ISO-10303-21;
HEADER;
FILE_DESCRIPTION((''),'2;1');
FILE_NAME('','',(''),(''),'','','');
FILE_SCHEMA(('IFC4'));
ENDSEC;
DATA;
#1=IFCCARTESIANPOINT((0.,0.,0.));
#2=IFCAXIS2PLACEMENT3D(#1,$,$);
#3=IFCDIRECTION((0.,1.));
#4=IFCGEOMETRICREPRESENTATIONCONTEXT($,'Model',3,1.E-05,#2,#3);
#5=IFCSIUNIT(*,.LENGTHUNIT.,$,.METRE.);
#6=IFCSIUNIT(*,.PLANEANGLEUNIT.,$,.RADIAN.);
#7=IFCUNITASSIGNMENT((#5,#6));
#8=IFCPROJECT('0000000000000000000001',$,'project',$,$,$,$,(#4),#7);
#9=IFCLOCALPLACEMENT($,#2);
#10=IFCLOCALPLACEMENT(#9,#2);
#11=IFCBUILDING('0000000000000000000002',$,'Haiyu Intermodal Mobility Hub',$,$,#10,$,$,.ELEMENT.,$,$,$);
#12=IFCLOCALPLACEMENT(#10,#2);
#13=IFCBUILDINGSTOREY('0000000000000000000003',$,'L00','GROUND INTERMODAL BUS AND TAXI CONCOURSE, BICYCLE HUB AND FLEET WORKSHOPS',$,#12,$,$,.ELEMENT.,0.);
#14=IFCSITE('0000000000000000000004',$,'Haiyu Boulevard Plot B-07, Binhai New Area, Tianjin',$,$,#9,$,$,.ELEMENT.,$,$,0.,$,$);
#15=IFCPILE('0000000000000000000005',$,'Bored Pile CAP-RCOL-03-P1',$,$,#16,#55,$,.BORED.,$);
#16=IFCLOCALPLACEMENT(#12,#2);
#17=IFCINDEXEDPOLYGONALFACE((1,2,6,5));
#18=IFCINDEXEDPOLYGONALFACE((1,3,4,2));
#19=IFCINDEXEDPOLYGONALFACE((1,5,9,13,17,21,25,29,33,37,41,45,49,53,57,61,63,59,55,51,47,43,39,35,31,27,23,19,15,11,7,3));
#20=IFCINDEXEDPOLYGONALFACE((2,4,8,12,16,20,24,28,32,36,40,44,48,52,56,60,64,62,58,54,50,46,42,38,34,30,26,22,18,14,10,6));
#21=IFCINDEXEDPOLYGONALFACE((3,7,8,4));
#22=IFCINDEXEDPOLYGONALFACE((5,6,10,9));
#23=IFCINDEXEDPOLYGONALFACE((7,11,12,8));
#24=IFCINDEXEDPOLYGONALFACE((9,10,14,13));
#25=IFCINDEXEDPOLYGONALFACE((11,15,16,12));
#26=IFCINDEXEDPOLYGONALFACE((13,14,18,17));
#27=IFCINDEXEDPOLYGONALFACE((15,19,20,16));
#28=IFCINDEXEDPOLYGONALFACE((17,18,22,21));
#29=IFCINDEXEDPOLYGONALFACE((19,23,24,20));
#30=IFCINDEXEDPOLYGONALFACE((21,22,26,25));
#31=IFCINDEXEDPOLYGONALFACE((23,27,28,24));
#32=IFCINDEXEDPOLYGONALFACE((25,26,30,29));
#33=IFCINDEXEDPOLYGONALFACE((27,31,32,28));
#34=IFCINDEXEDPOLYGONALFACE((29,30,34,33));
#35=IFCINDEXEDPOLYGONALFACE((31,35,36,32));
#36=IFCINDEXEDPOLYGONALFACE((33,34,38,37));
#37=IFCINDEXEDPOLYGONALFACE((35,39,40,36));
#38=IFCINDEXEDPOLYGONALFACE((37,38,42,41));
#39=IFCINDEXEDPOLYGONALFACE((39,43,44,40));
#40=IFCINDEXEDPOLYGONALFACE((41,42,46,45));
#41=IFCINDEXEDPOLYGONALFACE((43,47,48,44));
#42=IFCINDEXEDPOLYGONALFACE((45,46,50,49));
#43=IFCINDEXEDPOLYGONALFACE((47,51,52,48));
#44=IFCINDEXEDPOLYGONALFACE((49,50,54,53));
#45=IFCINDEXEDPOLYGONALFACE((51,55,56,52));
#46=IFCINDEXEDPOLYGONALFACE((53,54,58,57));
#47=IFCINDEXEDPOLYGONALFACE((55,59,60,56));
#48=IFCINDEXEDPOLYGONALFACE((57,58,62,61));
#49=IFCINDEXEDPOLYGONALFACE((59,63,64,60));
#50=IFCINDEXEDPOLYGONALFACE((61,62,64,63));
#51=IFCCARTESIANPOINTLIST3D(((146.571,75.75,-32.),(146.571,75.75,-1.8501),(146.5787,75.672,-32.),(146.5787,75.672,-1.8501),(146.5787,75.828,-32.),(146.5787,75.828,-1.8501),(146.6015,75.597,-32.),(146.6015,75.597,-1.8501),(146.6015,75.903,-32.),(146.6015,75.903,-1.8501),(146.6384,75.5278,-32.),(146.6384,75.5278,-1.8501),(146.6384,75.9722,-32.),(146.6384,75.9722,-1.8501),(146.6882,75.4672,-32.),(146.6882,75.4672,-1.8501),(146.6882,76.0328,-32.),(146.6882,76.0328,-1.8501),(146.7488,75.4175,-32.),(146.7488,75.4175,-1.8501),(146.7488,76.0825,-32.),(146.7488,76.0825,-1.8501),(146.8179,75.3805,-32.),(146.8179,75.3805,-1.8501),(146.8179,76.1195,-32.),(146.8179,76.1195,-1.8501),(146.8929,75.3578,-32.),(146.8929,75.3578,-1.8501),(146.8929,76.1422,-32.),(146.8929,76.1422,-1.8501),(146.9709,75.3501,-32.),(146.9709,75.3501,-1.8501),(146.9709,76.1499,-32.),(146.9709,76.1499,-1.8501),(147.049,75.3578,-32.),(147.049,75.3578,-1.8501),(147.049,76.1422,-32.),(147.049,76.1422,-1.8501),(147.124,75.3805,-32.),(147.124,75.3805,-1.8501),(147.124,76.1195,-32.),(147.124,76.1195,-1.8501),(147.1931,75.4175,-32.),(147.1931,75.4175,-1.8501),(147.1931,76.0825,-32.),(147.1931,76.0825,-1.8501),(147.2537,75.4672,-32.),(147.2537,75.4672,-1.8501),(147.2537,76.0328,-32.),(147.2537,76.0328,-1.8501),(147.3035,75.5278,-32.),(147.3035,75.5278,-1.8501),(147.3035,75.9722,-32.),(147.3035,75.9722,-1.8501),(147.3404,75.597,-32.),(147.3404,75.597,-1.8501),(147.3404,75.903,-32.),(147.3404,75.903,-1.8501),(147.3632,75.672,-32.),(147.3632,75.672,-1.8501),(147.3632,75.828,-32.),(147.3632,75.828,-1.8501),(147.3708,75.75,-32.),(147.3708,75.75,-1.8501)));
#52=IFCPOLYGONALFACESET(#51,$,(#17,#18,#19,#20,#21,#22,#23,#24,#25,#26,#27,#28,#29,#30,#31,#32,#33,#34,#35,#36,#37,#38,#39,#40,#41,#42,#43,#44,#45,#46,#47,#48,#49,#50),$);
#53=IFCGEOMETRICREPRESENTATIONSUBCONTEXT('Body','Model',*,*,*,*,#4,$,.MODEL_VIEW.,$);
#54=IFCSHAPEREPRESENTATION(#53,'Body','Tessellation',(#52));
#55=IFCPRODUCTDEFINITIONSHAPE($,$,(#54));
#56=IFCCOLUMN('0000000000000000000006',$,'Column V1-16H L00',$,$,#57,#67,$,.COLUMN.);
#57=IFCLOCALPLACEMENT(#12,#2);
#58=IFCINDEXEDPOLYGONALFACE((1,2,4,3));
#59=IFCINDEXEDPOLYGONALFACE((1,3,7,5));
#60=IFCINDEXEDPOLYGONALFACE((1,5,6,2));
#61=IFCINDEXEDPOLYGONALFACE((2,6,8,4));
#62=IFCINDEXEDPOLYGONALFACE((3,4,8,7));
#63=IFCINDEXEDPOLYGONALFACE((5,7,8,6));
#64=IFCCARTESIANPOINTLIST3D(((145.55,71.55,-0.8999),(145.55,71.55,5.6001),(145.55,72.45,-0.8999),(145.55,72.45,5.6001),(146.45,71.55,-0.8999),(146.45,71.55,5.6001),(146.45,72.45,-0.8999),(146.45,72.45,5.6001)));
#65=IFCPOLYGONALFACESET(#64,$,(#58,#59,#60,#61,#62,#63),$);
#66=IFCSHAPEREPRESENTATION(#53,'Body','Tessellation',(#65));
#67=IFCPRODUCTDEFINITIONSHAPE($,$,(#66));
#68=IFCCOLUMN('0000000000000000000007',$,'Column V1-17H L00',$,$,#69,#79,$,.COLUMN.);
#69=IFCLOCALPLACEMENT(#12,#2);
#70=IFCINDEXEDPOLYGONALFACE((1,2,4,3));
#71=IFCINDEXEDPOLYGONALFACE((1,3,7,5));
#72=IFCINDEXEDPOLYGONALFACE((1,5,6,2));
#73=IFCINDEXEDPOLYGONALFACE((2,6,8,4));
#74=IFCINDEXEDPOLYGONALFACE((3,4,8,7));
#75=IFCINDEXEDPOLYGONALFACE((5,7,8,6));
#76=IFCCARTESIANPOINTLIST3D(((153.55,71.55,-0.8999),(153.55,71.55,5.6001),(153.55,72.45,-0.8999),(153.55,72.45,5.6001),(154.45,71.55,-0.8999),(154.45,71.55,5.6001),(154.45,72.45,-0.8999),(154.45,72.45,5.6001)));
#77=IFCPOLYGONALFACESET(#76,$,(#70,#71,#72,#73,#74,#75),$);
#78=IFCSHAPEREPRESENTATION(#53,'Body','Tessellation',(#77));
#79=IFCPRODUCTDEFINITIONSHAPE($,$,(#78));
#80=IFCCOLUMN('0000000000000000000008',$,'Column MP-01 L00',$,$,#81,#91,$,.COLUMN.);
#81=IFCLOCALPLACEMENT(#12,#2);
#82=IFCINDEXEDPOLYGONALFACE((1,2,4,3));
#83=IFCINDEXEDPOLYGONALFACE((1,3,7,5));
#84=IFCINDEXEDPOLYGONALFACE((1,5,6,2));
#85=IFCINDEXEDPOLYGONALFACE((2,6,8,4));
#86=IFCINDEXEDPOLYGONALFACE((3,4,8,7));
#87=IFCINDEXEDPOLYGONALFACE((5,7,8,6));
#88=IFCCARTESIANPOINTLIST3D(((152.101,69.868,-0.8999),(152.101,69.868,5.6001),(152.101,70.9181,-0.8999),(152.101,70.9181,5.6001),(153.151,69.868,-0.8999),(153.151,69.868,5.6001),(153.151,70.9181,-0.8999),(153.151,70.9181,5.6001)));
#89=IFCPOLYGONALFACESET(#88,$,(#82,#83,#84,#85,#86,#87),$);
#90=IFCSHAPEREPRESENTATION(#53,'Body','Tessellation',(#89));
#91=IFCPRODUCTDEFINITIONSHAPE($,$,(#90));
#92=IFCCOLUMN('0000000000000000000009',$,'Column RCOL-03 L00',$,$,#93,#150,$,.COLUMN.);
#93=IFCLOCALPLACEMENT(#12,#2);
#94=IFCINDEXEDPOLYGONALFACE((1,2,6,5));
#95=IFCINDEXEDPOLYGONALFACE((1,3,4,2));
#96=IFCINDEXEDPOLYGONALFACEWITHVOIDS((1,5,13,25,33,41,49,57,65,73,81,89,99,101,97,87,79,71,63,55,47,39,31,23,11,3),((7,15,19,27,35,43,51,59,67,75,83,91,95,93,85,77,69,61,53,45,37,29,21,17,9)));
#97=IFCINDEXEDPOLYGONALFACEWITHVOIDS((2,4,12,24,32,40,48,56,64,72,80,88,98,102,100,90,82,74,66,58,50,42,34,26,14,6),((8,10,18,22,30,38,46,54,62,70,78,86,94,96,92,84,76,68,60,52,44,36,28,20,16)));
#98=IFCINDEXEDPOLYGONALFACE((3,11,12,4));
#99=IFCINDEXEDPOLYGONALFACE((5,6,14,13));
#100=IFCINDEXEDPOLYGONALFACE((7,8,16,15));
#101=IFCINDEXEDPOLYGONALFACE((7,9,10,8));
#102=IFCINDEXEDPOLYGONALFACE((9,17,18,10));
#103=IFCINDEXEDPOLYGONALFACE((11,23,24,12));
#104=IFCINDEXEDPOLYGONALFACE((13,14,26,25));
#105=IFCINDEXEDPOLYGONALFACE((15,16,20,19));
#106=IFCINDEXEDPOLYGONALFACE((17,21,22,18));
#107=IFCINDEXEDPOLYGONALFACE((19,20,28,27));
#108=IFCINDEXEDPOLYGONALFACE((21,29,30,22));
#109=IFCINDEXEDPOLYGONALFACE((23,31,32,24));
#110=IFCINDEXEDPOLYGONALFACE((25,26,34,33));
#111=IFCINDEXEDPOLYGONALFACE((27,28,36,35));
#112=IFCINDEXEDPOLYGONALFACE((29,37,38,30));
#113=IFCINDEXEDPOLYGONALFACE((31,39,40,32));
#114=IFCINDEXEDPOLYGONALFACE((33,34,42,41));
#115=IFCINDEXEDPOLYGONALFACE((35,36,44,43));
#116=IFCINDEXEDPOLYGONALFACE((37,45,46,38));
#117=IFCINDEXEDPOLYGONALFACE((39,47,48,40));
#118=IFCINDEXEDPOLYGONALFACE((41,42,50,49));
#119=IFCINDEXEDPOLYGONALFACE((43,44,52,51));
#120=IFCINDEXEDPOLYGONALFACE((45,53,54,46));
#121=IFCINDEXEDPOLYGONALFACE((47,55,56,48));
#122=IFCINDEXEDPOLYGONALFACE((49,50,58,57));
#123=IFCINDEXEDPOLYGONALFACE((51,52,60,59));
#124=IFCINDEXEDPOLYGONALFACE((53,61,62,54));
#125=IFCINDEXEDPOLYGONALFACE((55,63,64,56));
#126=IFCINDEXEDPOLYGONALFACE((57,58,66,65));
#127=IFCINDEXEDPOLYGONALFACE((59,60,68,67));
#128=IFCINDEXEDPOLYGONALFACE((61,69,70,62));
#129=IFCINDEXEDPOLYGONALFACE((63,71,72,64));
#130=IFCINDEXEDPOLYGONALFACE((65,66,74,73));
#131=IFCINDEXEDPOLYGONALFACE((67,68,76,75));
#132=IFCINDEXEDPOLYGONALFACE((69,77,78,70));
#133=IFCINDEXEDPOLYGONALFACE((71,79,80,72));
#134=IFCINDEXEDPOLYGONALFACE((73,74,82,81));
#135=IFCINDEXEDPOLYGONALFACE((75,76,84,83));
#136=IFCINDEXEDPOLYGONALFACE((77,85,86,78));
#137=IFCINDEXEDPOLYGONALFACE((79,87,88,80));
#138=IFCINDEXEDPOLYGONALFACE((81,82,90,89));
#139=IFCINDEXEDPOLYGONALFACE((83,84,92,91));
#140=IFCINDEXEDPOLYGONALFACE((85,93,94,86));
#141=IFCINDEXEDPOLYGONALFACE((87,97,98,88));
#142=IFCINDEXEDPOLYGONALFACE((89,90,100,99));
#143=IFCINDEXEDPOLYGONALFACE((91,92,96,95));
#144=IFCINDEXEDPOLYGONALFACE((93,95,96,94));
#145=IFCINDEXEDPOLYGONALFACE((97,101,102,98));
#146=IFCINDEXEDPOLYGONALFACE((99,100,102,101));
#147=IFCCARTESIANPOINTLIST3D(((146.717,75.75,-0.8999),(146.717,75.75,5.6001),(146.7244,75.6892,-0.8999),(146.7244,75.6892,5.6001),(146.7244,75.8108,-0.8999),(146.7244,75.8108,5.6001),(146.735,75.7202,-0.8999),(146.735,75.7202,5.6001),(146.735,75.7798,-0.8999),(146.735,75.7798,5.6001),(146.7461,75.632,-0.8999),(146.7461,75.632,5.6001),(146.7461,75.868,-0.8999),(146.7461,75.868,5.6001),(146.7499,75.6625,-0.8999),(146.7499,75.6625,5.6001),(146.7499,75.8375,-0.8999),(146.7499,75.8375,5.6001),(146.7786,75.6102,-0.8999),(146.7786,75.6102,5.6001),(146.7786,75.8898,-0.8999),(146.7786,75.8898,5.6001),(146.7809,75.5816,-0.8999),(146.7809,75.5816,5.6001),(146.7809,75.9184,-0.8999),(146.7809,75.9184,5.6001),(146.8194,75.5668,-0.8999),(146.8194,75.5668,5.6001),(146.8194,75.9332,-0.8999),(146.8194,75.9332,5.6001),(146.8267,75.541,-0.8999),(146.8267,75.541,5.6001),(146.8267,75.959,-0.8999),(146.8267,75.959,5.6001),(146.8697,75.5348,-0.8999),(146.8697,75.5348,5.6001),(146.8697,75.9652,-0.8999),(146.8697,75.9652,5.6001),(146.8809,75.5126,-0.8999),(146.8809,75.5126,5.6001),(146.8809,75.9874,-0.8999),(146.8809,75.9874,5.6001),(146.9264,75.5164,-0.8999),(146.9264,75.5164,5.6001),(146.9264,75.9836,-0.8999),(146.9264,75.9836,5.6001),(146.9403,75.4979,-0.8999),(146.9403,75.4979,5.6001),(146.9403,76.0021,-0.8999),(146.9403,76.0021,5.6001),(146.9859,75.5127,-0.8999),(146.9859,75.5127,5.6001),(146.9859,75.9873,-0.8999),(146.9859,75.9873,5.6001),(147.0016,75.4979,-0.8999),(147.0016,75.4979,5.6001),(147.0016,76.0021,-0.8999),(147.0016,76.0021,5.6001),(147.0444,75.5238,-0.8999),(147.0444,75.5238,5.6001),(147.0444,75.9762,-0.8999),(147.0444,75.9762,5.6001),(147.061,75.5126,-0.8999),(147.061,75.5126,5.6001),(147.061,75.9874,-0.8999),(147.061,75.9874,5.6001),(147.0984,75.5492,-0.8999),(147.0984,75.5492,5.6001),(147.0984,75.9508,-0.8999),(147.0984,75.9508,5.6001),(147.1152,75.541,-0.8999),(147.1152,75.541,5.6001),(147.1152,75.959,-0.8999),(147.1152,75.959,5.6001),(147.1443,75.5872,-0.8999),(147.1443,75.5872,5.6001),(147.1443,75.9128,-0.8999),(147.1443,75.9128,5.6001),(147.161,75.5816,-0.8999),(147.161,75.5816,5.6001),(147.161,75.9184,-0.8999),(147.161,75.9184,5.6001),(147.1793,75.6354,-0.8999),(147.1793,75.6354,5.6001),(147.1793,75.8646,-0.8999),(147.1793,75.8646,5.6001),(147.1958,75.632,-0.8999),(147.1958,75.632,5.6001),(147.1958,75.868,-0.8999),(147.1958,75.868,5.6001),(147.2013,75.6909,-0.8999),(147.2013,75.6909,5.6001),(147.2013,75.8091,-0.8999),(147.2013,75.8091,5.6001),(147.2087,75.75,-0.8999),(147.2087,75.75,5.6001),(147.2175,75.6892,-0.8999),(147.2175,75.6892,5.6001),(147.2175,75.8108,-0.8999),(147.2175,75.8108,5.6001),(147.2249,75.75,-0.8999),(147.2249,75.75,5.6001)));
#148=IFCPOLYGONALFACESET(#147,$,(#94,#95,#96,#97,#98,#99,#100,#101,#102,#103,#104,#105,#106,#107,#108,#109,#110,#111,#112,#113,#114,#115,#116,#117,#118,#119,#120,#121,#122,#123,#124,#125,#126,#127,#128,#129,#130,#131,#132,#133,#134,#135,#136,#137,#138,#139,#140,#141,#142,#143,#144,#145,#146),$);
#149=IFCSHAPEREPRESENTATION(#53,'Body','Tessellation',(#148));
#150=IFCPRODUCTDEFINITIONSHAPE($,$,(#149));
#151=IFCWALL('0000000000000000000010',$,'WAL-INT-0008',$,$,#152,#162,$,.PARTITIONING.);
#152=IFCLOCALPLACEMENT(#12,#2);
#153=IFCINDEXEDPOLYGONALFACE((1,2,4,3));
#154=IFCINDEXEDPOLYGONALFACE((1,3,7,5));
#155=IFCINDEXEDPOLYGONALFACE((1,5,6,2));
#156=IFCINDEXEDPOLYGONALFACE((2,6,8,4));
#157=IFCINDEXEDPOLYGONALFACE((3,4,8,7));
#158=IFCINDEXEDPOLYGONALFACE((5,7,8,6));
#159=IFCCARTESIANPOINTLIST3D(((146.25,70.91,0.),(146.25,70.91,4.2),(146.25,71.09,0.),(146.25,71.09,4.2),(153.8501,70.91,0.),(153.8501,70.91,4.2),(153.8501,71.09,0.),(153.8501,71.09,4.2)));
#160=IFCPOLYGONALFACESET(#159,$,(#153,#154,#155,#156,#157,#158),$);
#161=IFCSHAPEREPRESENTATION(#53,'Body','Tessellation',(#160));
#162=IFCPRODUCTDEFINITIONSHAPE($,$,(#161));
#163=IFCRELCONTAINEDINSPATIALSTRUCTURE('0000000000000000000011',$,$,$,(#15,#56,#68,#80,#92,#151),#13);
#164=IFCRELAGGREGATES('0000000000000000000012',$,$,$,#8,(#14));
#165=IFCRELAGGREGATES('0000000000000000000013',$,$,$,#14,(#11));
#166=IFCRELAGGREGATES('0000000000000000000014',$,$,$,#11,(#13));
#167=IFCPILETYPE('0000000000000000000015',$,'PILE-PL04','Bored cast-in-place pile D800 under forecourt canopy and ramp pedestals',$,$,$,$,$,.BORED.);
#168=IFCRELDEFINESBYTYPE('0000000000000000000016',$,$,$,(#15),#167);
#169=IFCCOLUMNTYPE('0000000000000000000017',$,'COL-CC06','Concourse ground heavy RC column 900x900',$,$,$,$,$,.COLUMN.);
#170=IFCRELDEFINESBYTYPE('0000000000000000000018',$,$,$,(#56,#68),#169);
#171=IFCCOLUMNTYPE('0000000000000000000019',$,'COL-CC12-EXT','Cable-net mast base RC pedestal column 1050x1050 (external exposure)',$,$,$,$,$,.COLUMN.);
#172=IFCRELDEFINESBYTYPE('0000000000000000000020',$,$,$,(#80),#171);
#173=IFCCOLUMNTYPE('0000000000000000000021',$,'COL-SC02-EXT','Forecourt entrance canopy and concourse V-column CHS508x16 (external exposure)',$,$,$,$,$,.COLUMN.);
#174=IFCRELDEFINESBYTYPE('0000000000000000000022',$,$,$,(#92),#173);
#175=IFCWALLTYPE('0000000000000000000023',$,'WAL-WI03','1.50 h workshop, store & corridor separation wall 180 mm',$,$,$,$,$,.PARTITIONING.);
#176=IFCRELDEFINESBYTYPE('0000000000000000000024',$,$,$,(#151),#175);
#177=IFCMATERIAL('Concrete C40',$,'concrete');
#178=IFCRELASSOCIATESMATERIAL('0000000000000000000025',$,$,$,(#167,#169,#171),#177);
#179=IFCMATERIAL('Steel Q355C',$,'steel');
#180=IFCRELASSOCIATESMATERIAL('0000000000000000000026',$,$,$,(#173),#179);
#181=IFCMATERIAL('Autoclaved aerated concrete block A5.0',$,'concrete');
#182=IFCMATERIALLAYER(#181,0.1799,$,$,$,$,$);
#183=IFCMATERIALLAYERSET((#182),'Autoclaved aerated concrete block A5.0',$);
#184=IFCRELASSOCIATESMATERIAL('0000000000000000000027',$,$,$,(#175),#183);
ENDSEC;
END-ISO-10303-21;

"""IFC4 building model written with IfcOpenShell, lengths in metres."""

from ifc_helpers import new_model, si_unit, direction, frame, frame_2d, origin, origin_2d, place, context, subcontext, project, spatial, rectangle, circle, hollow_circle, extrude, material, layer, layer_set, material_profile, profile_set, type_object, element, save


model = new_model("IFC4")

# Units and contexts
model_context = context("Model", 3, precision=1e-05, world=origin(), true_north=direction((0.0, 1.0)))
body_context = subcontext(model_context, "Body", "Model", "MODEL_VIEW")
ifc_project = project(units=[si_unit("LENGTHUNIT", "METRE"), si_unit("PLANEANGLEUNIT", "RADIAN")], contexts=[model_context])

# Site, building, storey
site_placement = place(None, origin())
site = spatial("IfcSite", under=ifc_project, at=site_placement, Name="Haiyu Boulevard Plot B-07, Binhai New Area, Tianjin", CompositionType="ELEMENT", RefElevation=0.0)
building_placement = place(site_placement, origin())
building = spatial("IfcBuilding", under=site, at=building_placement, Name="Haiyu Intermodal Mobility Hub", CompositionType="ELEMENT")
storey_placement = place(building_placement, origin())
storey = spatial("IfcBuildingStorey", under=building, at=storey_placement, Name="L00", Description="GROUND INTERMODAL BUS AND TAXI CONCOURSE, BICYCLE HUB AND FLEET WORKSHOPS", CompositionType="ELEMENT", Elevation=0.0)

# Shared definitions
ifc_material_1 = material(Name="Concrete C40", Category="concrete")

# Pile
ifc_material_profile_1 = material_profile(ifc_material_1, circle(Radius=0.3999, at=origin_2d()), Name="PILE-D800")
ifc_profile_set_1 = profile_set([ifc_material_profile_1], Name="Concrete C40")
pile_type_1 = type_object("IfcPileType", Name="PILE-PL04", Description="Bored cast-in-place pile D800 under forecourt canopy and ramp pedestals", PredefinedType="BORED", material=ifc_profile_set_1)
pile_placement = place(storey_placement, frame((146.9709, 75.75, -1.8501), z_axis=(0.0, 0.0, -1.0), x_axis=(1.0, 0.0, 0.0)))
element("IfcPile", 1, at=pile_placement, inside=storey, type_object=pile_type_1, Name="Bored Pile CAP-RCOL-03-P1", PredefinedType="BORED", context=body_context, shape_type="SweptSolid", body=[
    extrude(circle(Radius=0.3999, at=origin_2d()), origin(), (0.0, 0.0, 1.0), 30.1499),
])

# Columns
ifc_material_profile_2 = material_profile(ifc_material_1, rectangle(XDim=0.8999, YDim=0.8999, at=origin_2d()), Name="RC900x900")
ifc_profile_set_2 = profile_set([ifc_material_profile_2], Name="Concrete C40")
column_type_1 = type_object("IfcColumnType", Name="COL-CC06", Description="Concourse ground heavy RC column 900x900", PredefinedType="COLUMN", material=ifc_profile_set_2)
for number, where, z_axis, x_axis, name in (
    (2, (146.0, 72.0, -0.8999), (0.0, 0.0, 1.0), (1.0, 0.0, 0.0), "Column V1-16H L00"),
    (3, (154.0, 72.0, -0.8999), (0.0, 0.0, 1.0), (1.0, 0.0, 0.0), "Column V1-17H L00"),
):
    element("IfcColumn", number, at=place(storey_placement, frame(where, z_axis=z_axis, x_axis=x_axis)), inside=storey, type_object=column_type_1, Name=name, PredefinedType="COLUMN", context=body_context, shape_type="SweptSolid", body=[
        extrude(rectangle(XDim=0.8999, YDim=0.8999, at=origin_2d()), origin(), (0.0, 0.0, 1.0), 6.5),
    ])
ifc_material_profile_3 = material_profile(ifc_material_1, rectangle(XDim=1.05, YDim=1.05, at=origin_2d()), Name="RC1050x1050")
ifc_profile_set_3 = profile_set([ifc_material_profile_3], Name="Concrete C40")
column_type_2 = type_object("IfcColumnType", Name="COL-CC12-EXT", Description="Cable-net mast base RC pedestal column 1050x1050 (external exposure)", PredefinedType="COLUMN", material=ifc_profile_set_3)
column_1_placement = place(storey_placement, frame((152.626, 70.3931, -0.8999), z_axis=(0.0, 0.0, 1.0), x_axis=(1.0, 0.0, 0.0)))
element("IfcColumn", 4, at=column_1_placement, inside=storey, type_object=column_type_2, Name="Column MP-01 L00", PredefinedType="COLUMN", context=body_context, shape_type="SweptSolid", body=[
    extrude(rectangle(XDim=1.05, YDim=1.05, at=origin_2d()), origin(), (0.0, 0.0, 1.0), 6.5),
])
ifc_material_2 = material(Name="Steel Q355C", Category="steel")
ifc_material_profile_4 = material_profile(ifc_material_2, hollow_circle(Radius=0.2539, WallThickness=0.0161, at=origin_2d()), Name="CHS508x16")
ifc_profile_set_4 = profile_set([ifc_material_profile_4], Name="Steel Q355C")
column_type_3 = type_object("IfcColumnType", Name="COL-SC02-EXT", Description="Forecourt entrance canopy and concourse V-column CHS508x16 (external exposure)", PredefinedType="COLUMN", material=ifc_profile_set_4)
column_2_placement = place(storey_placement, frame((146.9709, 75.75, -0.8999), z_axis=(0.0, 0.0, 1.0), x_axis=(1.0, 0.0, 0.0)))
element("IfcColumn", 5, at=column_2_placement, inside=storey, type_object=column_type_3, Name="Column RCOL-03 L00", PredefinedType="COLUMN", context=body_context, shape_type="SweptSolid", body=[
    extrude(hollow_circle(Radius=0.2539, WallThickness=0.0161, at=origin_2d()), origin(), (0.0, 0.0, 1.0), 6.5),
])

# Wall
ifc_material_3 = material(Name="Autoclaved aerated concrete block A5.0", Category="concrete")
ifc_layer_1 = layer(ifc_material_3, 0.1799)
ifc_layer_set_1 = layer_set([ifc_layer_1], Name="Autoclaved aerated concrete block A5.0")
wall_type_1 = type_object("IfcWallType", Name="WAL-WI03", Description="1.50 h workshop, store & corridor separation wall 180 mm", PredefinedType="PARTITIONING", material=ifc_layer_set_1)
wall_1_placement = place(storey_placement, frame((146.25, 71.0, 0.0), z_axis=(0.0, 0.0, 1.0), x_axis=(1.0, 0.0, 0.0)))
element("IfcWall", 6, at=wall_1_placement, inside=storey, type_object=wall_type_1, Name="WAL-INT-0008", PredefinedType="PARTITIONING", context=body_context, shape_type="SweptSolid", body=[
    extrude(rectangle(XDim=7.6001, YDim=0.1799, at=frame_2d((3.8, 0.0))), origin(), (0.0, 0.0, 1.0), 4.2),
])

save(model, "model.ifc")
